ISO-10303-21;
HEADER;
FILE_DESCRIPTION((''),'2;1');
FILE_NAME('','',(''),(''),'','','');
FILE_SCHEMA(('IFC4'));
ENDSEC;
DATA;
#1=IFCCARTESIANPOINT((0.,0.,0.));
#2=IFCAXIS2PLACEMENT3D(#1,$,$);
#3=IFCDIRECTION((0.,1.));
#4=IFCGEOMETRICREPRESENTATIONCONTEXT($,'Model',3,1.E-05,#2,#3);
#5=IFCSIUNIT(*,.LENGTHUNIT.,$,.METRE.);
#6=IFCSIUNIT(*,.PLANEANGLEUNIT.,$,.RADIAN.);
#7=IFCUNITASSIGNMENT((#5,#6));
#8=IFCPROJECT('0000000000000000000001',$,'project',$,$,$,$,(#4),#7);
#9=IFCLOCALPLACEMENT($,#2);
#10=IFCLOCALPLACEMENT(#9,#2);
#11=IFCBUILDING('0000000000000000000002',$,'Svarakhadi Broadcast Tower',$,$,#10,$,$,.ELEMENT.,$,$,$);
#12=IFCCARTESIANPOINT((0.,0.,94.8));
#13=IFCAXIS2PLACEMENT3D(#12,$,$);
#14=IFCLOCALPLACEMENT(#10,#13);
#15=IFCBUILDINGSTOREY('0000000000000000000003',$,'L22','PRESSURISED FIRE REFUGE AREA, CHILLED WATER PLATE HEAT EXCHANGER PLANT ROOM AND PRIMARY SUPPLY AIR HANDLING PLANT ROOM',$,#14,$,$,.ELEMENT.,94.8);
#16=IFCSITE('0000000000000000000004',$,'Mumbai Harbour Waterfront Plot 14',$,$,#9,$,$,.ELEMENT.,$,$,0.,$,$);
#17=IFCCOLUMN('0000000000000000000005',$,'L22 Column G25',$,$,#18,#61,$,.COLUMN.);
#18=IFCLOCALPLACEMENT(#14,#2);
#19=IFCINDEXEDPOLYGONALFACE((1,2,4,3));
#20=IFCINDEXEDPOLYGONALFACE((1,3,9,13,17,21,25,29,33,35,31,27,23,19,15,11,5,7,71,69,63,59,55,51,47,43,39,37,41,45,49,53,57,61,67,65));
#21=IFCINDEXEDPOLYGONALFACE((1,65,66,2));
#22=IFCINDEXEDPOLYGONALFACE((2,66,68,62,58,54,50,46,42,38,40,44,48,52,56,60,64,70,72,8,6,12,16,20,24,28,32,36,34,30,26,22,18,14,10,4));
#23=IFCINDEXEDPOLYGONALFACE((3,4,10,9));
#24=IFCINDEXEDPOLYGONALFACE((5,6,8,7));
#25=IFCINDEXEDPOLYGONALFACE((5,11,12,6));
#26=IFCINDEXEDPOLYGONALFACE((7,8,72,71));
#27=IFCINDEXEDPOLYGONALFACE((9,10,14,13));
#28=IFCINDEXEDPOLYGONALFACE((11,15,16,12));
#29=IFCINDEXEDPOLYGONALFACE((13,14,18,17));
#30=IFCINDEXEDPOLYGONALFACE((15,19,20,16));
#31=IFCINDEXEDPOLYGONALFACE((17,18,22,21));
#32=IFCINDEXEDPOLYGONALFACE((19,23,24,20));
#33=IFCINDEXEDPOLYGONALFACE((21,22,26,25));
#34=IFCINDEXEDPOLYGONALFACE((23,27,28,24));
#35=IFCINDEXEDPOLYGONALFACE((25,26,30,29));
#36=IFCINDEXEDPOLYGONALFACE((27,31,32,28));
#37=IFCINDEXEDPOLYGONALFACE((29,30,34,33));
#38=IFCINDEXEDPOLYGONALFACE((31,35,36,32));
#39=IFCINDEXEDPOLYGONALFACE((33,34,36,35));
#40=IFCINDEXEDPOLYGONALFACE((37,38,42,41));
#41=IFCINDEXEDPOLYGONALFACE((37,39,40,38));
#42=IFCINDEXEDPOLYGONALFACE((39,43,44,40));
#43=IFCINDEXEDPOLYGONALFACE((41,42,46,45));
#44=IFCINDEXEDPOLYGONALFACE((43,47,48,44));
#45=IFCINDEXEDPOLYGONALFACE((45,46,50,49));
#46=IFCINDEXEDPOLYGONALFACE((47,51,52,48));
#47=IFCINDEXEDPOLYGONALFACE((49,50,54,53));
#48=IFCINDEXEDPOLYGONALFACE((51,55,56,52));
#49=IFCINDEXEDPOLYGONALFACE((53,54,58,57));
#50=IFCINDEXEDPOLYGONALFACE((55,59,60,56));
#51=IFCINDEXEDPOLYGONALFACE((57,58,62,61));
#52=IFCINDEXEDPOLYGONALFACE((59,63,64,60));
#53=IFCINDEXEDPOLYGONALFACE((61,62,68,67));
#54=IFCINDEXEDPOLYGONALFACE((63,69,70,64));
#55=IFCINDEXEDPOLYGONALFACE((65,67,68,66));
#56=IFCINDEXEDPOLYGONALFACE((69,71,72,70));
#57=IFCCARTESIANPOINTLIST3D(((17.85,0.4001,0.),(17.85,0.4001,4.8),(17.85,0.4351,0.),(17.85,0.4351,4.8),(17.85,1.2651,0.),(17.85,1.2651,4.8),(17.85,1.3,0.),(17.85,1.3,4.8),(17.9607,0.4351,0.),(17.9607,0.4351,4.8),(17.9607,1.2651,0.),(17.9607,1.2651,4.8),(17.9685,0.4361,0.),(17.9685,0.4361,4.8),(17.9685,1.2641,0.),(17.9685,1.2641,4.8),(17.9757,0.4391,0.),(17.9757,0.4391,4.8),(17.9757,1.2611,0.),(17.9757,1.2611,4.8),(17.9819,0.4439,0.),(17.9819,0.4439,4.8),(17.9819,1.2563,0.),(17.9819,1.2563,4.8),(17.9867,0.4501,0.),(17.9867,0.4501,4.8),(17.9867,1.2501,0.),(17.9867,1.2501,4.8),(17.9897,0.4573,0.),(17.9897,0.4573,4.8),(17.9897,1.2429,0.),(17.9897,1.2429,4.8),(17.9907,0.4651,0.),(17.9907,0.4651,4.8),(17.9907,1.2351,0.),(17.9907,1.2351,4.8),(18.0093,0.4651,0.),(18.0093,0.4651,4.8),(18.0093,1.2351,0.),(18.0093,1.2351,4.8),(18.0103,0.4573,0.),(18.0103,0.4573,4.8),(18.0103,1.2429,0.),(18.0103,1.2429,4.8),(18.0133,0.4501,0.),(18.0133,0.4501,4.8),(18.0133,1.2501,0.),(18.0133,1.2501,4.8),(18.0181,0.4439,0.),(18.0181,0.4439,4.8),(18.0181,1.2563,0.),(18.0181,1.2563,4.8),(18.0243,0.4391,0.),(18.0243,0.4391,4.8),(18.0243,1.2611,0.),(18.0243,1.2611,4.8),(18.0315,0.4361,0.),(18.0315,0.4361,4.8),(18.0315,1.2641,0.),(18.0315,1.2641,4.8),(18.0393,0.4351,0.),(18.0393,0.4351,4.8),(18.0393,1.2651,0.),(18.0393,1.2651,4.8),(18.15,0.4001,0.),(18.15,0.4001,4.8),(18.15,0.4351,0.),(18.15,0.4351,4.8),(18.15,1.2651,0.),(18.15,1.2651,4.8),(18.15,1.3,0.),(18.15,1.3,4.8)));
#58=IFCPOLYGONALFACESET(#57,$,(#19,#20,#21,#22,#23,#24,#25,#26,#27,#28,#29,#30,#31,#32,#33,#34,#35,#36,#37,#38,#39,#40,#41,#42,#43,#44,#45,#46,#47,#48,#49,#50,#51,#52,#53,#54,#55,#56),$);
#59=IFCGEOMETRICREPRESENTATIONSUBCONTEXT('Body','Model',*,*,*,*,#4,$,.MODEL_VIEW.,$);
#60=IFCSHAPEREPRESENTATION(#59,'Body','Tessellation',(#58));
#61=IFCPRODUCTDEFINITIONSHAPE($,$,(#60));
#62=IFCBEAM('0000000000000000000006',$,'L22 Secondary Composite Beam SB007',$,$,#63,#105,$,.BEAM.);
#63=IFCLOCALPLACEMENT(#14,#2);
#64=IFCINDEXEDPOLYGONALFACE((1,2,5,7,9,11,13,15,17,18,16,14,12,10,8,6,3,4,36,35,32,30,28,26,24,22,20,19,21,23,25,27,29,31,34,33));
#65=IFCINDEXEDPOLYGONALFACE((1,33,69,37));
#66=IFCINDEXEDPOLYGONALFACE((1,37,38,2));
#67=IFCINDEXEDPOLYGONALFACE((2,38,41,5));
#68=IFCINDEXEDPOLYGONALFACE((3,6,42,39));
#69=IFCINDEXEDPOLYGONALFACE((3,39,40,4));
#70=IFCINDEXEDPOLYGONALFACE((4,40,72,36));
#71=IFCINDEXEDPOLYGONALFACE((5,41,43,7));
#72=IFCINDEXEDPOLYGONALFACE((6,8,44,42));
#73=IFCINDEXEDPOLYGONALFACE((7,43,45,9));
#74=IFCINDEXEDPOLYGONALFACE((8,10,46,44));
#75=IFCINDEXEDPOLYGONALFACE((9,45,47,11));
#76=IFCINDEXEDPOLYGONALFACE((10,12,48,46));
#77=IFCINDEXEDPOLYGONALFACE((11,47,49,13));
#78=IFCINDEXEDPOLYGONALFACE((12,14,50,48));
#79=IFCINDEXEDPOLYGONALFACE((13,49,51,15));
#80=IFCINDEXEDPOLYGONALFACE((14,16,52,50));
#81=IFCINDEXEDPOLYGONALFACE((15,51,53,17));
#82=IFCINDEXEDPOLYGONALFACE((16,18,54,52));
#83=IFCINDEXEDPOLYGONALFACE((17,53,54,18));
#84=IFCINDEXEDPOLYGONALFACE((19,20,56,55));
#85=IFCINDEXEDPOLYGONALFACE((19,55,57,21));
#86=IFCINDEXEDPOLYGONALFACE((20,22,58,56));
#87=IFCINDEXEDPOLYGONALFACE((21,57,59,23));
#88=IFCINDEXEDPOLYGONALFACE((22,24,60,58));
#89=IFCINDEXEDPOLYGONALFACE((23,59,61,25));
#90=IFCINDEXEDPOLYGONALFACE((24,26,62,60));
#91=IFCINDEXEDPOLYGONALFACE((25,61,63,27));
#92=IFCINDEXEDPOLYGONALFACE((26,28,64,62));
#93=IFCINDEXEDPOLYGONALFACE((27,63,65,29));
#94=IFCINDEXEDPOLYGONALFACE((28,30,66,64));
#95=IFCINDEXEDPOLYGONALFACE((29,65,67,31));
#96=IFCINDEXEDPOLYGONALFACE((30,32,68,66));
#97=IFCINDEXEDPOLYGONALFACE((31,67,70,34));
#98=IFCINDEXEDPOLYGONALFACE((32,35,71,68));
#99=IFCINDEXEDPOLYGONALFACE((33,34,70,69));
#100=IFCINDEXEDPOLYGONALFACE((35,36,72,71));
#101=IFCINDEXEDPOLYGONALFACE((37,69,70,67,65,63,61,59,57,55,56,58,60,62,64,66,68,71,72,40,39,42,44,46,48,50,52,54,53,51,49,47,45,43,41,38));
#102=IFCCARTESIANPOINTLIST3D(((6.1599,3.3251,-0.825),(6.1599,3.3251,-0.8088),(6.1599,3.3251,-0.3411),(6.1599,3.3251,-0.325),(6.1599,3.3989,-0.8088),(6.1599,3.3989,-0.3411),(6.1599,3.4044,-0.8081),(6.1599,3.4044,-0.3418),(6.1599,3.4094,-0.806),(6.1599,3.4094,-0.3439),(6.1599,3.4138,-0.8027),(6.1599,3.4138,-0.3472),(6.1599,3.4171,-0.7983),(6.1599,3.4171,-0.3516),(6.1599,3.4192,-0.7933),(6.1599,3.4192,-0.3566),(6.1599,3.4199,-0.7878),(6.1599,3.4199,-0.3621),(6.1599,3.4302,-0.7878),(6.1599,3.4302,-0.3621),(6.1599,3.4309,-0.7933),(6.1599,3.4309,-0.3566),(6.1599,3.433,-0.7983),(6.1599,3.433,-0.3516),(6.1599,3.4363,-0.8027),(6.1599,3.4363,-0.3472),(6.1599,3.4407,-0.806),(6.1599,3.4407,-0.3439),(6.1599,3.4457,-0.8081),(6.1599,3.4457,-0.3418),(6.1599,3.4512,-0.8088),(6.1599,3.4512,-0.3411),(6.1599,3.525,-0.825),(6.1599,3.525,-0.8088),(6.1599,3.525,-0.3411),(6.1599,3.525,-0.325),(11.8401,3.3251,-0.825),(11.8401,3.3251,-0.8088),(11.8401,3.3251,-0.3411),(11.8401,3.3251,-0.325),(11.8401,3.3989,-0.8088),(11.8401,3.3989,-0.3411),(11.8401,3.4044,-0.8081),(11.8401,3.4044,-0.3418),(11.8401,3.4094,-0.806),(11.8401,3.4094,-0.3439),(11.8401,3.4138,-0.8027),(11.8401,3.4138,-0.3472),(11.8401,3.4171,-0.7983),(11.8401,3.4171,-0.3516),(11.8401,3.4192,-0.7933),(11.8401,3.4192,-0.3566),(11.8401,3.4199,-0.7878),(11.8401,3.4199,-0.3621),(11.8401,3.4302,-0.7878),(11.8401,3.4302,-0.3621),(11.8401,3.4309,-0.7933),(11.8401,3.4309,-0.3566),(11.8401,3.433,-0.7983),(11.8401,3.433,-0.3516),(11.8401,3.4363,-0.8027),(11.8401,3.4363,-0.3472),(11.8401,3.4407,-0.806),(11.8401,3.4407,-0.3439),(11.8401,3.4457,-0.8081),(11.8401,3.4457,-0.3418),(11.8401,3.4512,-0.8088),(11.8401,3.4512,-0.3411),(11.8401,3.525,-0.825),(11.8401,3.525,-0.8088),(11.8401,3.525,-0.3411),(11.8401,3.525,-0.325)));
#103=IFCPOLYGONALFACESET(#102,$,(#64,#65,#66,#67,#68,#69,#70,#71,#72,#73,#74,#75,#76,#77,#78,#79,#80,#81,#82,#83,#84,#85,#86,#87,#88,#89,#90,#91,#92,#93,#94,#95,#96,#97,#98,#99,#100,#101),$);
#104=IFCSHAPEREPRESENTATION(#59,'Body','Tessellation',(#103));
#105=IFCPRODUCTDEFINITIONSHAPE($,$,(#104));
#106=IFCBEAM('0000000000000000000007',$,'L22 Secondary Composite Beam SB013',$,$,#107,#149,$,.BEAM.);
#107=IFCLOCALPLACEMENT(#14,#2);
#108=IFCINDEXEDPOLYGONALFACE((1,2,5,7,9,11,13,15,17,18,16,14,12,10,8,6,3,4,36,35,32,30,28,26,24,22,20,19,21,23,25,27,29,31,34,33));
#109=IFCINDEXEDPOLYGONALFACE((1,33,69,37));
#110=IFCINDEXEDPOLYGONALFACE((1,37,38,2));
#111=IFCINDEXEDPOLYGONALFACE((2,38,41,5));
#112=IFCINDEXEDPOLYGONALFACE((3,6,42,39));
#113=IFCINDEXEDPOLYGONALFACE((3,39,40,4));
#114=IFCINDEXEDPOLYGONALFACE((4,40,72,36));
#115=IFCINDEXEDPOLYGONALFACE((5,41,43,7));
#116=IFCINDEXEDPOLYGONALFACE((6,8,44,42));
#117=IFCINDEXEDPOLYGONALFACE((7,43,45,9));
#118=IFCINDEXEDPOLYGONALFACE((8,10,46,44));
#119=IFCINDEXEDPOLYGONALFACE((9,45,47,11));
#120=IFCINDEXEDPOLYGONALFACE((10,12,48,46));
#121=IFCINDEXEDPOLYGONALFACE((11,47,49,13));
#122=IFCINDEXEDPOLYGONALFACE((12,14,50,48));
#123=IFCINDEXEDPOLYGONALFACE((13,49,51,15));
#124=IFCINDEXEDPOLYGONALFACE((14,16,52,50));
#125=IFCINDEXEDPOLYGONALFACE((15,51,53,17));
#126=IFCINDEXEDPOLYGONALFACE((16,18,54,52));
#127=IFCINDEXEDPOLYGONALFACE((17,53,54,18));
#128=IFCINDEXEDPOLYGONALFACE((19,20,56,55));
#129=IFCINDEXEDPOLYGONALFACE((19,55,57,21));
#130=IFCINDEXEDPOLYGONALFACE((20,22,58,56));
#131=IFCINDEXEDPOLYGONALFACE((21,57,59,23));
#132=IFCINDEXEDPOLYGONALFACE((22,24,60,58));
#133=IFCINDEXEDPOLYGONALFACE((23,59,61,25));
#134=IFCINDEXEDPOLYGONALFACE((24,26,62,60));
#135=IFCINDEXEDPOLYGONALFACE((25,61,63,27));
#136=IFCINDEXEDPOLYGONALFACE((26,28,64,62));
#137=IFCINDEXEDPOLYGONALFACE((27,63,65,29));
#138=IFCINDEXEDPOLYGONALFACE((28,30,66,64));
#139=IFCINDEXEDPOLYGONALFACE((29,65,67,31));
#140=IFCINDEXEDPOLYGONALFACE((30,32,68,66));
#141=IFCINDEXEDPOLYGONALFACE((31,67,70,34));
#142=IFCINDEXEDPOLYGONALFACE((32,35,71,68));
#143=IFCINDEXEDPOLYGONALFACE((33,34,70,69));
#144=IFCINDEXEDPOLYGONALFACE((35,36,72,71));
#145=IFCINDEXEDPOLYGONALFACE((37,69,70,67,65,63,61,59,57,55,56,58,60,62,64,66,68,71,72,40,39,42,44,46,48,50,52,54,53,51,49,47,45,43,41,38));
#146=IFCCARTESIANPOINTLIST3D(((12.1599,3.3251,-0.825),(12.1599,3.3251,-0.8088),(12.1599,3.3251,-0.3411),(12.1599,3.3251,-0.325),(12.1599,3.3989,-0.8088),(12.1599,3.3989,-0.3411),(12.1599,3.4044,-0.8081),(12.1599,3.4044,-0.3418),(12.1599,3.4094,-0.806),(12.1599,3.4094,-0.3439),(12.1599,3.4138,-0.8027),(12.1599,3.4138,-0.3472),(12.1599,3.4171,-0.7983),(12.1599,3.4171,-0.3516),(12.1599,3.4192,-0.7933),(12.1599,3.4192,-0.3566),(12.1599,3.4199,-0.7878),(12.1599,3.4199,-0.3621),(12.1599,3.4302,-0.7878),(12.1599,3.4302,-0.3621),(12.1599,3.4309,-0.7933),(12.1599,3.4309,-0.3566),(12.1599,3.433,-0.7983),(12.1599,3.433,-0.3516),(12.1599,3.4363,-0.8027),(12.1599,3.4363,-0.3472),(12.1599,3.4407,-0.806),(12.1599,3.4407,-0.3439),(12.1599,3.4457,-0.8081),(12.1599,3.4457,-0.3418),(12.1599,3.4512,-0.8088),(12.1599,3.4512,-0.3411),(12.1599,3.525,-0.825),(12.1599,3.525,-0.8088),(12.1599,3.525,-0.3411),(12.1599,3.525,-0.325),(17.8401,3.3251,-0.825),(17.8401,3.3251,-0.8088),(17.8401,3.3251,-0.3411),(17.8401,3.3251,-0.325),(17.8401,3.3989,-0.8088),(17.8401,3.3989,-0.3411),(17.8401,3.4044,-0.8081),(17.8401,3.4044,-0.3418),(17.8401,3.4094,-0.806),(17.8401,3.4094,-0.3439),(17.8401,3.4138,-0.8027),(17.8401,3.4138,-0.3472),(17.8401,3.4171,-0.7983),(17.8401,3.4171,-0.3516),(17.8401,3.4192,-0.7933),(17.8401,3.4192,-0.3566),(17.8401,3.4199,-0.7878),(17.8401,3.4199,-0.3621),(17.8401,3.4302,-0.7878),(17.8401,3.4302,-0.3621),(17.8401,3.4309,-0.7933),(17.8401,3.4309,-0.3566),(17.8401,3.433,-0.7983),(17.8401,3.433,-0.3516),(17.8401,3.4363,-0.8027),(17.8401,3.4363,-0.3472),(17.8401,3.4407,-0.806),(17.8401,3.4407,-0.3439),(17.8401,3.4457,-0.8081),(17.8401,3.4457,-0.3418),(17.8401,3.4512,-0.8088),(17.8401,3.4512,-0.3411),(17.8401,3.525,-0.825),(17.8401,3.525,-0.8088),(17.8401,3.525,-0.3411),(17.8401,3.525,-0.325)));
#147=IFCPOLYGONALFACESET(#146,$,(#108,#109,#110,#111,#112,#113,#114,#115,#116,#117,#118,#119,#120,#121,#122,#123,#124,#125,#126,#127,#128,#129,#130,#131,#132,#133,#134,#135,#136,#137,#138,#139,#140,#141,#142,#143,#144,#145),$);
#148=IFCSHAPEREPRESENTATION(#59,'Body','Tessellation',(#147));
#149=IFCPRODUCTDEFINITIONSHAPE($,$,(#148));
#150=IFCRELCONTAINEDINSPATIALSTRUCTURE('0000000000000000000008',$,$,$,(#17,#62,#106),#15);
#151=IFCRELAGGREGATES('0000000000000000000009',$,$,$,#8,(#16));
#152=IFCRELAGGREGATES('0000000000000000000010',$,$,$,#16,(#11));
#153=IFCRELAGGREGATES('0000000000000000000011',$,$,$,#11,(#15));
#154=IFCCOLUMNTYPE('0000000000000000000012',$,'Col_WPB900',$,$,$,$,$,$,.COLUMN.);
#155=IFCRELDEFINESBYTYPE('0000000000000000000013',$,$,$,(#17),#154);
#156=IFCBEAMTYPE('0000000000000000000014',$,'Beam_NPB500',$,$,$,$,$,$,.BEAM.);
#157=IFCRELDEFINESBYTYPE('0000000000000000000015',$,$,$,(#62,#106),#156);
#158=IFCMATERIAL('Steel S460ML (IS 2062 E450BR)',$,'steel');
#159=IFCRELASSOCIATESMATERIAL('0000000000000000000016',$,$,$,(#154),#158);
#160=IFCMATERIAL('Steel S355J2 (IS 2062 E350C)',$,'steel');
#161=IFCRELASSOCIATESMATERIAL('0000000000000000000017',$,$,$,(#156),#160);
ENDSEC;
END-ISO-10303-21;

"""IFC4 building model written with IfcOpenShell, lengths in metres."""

from ifc_helpers import new_model, si_unit, direction, frame, origin, origin_2d, place, context, subcontext, project, spatial, i_section, extrude, material, material_profile, profile_set, type_object, element, save


model = new_model("IFC4")

# Units and contexts
model_context = context("Model", 3, precision=1e-05, world=origin(), true_north=direction((0.0, 1.0)))
body_context = subcontext(model_context, "Body", "Model", "MODEL_VIEW")
ifc_project = project(units=[si_unit("LENGTHUNIT", "METRE"), si_unit("PLANEANGLEUNIT", "RADIAN")], contexts=[model_context])

# Site, building, storey
site_placement = place(None, origin())
site = spatial("IfcSite", under=ifc_project, at=site_placement, Name="Mumbai Harbour Waterfront Plot 14", CompositionType="ELEMENT", RefElevation=0.0)
building_placement = place(site_placement, origin())
building = spatial("IfcBuilding", under=site, at=building_placement, Name="Svarakhadi Broadcast Tower", CompositionType="ELEMENT")
storey_placement = place(building_placement, frame((0.0, 0.0, 94.8)))
storey = spatial("IfcBuildingStorey", under=building, at=storey_placement, Name="L22", Description="PRESSURISED FIRE REFUGE AREA, CHILLED WATER PLATE HEAT EXCHANGER PLANT ROOM AND PRIMARY SUPPLY AIR HANDLING PLANT ROOM", CompositionType="ELEMENT", Elevation=94.8)

# Column
ifc_material_1 = material(Name="Steel S460ML (IS 2062 E450BR)", Category="steel")
ifc_material_profile_1 = material_profile(ifc_material_1, i_section(OverallWidth=0.3, OverallDepth=0.8999, WebThickness=0.0186, FlangeThickness=0.0349, FilletRadius=0.03, at=origin_2d()), Name="WPB 900x300x291")
ifc_profile_set_1 = profile_set([ifc_material_profile_1], Name="Steel S460ML (IS 2062 E450BR)")
column_type_1 = type_object("IfcColumnType", Name="Col_WPB900", PredefinedType="COLUMN", material=ifc_profile_set_1)
column_1_placement = place(storey_placement, frame((18.0, 0.8501, 0.0), z_axis=(0.0, 0.0, 1.0), x_axis=(1.0, 0.0, 0.0)))
element("IfcColumn", 1, at=column_1_placement, inside=storey, type_object=column_type_1, Name="L22 Column G25", PredefinedType="COLUMN", context=body_context, shape_type="SweptSolid", body=[
    extrude(i_section(OverallWidth=0.3, OverallDepth=0.8999, WebThickness=0.0186, FlangeThickness=0.0349, FilletRadius=0.03, at=origin_2d()), origin(), (0.0, 0.0, 1.0), 4.8),
])

# Beams
ifc_material_2 = material(Name="Steel S355J2 (IS 2062 E350C)", Category="steel")
ifc_material_profile_2 = material_profile(ifc_material_2, i_section(OverallWidth=0.2, OverallDepth=0.5, WebThickness=0.0103, FlangeThickness=0.0161, FilletRadius=0.021, at=origin_2d()), Name="NPB 500x200x91")
ifc_profile_set_2 = profile_set([ifc_material_profile_2], Name="Steel S355J2 (IS 2062 E350C)")
beam_type_1 = type_object("IfcBeamType", Name="Beam_NPB500", PredefinedType="BEAM", material=ifc_profile_set_2)
for number, where, z_axis, x_axis, name in (
    (2, (6.1599, 3.425, -0.575), (1.0, 0.0, 0.0), (0.0, 1.0, 0.0), "L22 Secondary Composite Beam SB007"),
    (3, (12.1599, 3.425, -0.575), (1.0, 0.0, 0.0), (0.0, 1.0, 0.0), "L22 Secondary Composite Beam SB013"),
):
    element("IfcBeam", number, at=place(storey_placement, frame(where, z_axis=z_axis, x_axis=x_axis)), inside=storey, type_object=beam_type_1, Name=name, PredefinedType="BEAM", context=body_context, shape_type="SweptSolid", body=[
        extrude(i_section(OverallWidth=0.2, OverallDepth=0.5, WebThickness=0.0103, FlangeThickness=0.0161, FilletRadius=0.021, at=origin_2d()), origin(), (0.0, 0.0, 1.0), 5.6802),
    ])

save(model, "model.ifc")
